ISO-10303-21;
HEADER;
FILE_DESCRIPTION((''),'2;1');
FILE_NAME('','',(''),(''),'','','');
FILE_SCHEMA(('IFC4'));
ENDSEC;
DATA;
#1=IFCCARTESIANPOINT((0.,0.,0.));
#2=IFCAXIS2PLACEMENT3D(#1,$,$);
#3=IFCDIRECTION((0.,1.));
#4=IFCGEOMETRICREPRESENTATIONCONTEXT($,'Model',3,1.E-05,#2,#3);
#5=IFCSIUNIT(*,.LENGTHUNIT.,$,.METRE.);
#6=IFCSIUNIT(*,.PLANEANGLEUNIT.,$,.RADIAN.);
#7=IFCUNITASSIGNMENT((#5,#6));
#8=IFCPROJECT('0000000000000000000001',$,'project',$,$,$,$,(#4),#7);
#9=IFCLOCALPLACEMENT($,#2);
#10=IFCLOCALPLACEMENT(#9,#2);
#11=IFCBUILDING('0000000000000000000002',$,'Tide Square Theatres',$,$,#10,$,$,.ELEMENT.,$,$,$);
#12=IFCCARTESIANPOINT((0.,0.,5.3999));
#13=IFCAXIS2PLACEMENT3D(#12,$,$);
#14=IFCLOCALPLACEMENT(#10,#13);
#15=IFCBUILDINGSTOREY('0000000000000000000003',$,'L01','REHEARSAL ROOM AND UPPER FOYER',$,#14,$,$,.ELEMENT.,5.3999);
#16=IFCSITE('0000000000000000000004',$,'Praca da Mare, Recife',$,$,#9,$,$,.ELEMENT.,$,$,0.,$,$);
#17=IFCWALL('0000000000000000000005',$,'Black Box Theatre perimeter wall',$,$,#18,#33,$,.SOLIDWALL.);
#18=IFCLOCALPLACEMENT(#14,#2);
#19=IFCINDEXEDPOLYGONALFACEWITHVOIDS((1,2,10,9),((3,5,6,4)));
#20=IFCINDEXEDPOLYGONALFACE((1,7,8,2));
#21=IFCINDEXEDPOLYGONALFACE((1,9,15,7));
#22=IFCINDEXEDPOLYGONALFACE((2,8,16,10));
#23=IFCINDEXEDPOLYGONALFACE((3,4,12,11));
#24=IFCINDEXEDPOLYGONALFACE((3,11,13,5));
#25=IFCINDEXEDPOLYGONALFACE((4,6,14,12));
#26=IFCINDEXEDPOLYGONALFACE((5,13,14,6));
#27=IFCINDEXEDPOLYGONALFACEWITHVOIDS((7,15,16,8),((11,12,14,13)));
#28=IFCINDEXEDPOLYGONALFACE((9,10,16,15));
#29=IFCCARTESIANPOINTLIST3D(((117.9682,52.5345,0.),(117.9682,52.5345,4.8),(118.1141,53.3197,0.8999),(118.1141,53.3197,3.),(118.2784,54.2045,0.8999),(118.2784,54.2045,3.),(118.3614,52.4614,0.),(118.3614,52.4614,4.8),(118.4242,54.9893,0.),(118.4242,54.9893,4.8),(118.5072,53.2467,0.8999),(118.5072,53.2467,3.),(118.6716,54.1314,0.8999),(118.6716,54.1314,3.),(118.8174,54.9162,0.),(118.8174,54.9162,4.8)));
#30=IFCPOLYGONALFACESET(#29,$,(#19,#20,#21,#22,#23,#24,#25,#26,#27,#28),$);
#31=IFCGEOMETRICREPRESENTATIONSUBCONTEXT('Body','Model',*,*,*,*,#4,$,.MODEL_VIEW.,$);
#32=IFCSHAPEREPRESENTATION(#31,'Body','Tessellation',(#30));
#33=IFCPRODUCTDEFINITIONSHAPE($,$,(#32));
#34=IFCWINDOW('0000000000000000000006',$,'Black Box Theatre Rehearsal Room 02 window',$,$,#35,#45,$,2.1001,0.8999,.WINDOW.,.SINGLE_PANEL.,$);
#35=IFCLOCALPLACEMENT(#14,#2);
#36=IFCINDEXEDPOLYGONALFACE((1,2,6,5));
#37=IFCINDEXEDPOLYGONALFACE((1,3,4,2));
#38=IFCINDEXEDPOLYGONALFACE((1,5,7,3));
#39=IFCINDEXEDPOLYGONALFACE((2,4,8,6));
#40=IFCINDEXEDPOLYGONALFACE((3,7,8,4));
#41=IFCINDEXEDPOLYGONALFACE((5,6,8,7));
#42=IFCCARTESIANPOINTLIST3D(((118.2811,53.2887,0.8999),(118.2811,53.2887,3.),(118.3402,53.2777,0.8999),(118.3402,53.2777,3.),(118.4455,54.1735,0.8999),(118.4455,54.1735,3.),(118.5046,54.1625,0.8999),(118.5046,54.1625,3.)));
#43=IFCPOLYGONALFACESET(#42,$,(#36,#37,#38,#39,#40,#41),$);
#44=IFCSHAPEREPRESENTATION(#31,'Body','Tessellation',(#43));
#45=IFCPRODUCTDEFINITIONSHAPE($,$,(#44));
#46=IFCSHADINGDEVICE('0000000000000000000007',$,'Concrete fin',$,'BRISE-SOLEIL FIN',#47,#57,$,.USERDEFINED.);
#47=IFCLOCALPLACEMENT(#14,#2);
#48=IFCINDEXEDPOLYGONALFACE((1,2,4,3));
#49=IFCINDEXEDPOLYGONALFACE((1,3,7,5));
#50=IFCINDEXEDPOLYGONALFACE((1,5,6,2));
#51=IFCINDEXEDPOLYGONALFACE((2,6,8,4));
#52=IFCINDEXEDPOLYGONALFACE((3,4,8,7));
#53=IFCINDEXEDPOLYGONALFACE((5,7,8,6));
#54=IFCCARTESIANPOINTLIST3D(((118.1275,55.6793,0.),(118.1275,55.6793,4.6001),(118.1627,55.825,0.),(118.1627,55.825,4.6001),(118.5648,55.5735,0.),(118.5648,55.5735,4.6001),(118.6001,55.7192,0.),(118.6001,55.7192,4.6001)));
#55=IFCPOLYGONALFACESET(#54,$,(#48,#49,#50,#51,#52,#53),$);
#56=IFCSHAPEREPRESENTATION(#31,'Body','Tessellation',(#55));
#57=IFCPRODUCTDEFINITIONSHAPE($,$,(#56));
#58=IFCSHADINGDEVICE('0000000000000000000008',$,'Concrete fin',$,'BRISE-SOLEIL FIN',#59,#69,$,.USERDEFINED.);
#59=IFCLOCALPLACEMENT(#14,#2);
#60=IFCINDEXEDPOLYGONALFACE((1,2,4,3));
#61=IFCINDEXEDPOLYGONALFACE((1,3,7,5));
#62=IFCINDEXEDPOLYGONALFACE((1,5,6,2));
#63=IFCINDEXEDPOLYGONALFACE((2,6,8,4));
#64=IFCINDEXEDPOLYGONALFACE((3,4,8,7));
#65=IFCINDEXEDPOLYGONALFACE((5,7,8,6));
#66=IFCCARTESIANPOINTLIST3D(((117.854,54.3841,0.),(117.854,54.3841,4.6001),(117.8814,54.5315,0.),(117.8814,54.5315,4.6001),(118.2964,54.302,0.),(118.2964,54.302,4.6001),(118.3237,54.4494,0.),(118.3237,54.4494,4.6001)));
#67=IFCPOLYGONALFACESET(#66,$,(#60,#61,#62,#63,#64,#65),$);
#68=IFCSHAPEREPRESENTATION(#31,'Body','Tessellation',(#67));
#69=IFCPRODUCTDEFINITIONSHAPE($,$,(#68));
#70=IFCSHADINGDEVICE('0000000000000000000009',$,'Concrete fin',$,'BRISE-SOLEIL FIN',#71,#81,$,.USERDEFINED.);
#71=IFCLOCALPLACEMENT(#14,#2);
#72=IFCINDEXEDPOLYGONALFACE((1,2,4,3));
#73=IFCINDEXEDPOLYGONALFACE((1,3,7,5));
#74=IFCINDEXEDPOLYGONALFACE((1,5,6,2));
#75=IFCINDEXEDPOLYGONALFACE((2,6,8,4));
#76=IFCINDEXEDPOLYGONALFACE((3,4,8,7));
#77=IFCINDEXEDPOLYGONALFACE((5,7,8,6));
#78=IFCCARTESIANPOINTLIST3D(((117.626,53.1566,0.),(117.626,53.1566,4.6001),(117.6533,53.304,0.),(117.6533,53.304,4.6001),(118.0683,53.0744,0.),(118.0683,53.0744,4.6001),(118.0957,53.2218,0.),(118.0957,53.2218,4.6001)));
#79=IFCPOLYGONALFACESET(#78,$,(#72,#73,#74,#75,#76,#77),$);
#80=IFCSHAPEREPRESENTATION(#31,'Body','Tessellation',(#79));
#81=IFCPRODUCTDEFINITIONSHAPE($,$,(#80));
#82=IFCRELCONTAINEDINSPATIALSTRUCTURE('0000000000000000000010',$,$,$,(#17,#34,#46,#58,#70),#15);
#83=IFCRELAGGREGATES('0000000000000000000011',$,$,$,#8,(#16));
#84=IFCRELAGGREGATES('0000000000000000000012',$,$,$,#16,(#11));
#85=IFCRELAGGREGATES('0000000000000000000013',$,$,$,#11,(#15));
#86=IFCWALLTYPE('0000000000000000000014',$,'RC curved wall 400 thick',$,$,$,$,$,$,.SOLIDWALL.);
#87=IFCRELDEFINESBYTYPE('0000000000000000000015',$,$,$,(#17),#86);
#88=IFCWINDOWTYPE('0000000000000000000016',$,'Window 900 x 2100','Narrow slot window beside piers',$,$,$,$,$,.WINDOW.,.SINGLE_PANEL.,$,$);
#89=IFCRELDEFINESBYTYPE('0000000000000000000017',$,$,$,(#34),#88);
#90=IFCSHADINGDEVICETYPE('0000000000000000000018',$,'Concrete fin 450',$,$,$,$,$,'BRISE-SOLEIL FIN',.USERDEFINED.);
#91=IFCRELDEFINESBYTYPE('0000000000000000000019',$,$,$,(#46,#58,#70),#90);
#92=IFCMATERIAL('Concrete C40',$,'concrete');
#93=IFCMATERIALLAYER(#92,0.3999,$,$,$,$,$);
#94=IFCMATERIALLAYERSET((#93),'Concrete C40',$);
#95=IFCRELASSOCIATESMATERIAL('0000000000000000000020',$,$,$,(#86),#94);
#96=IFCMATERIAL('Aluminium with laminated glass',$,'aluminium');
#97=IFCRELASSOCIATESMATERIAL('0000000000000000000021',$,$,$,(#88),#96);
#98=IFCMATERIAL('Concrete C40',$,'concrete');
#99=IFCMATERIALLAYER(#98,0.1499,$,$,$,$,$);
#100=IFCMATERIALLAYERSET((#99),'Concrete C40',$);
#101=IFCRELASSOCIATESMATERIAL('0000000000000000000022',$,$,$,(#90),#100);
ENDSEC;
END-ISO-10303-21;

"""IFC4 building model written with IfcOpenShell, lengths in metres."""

from ifc_helpers import new_model, si_unit, direction, frame, frame_2d, origin, origin_2d, place, context, subcontext, project, spatial, rectangle, extrude, material, layer, layer_set, type_object, element, fill, save


model = new_model("IFC4")

# Units and contexts
model_context = context("Model", 3, precision=1e-05, world=origin(), true_north=direction((0.0, 1.0)))
body_context = subcontext(model_context, "Body", "Model", "MODEL_VIEW")
ifc_project = project(units=[si_unit("LENGTHUNIT", "METRE"), si_unit("PLANEANGLEUNIT", "RADIAN")], contexts=[model_context])

# Site, building, storey
site_placement = place(None, origin())
site = spatial("IfcSite", under=ifc_project, at=site_placement, Name="Praca da Mare, Recife", CompositionType="ELEMENT", RefElevation=0.0)
building_placement = place(site_placement, origin())
building = spatial("IfcBuilding", under=site, at=building_placement, Name="Tide Square Theatres", CompositionType="ELEMENT")
storey_placement = place(building_placement, frame((0.0, 0.0, 5.3999)))
storey = spatial("IfcBuildingStorey", under=building, at=storey_placement, Name="L01", Description="REHEARSAL ROOM AND UPPER FOYER", CompositionType="ELEMENT", Elevation=5.3999)

# Wall, opening, window
ifc_material_1 = material(Name="Concrete C40", Category="concrete")
ifc_layer_1 = layer(ifc_material_1, 0.3999)
ifc_layer_set_1 = layer_set([ifc_layer_1], Name="Concrete C40")
wall_type_1 = type_object("IfcWallType", Name="RC curved wall 400 thick", PredefinedType="SOLIDWALL", material=ifc_layer_set_1)
wall_1_placement = place(storey_placement, frame((118.6208, 54.9529, 0.0), z_axis=(0.0, 0.0, 1.0), x_axis=(-0.182653, -0.983177, 0.0)))
wall_1 = element("IfcWall", 1, at=wall_1_placement, inside=storey, type_object=wall_type_1, Name="Black Box Theatre perimeter wall", PredefinedType="SOLIDWALL", context=body_context, shape_type="SweptSolid", body=[
    extrude(rectangle(XDim=2.4968, YDim=0.3999, at=frame_2d((1.2485, 0.0))), origin(), (0.0, 0.0, 1.0), 4.8),
])
opening_placement = place(wall_1_placement, frame((0.7983, 0.0, 0.8999)))
opening = element("IfcOpeningElement", 2, at=opening_placement, cuts=wall_1, PredefinedType="OPENING", context=body_context, shape_type="SweptSolid", body=[
    extrude(rectangle(XDim=0.8999, YDim=2.1001, at=frame_2d((0.45, 1.05))), frame((0.0, 0.21, 0.0), z_axis=(0.0, -1.0, 0.0), x_axis=(1.0, 0.0, 0.0)), (0.0, 0.0, 1.0), 0.4199),
])
ifc_material_2 = material(Name="Aluminium with laminated glass", Category="aluminium")
window_type = type_object("IfcWindowType", Name="Window 900 x 2100", Description="Narrow slot window beside piers", PartitioningType="SINGLE_PANEL", PredefinedType="WINDOW", material=ifc_material_2)
window_placement = place(opening_placement, origin())
window = element("IfcWindow", 3, at=window_placement, inside=storey, type_object=window_type, Name="Black Box Theatre Rehearsal Room 02 window", OverallHeight=2.1001, OverallWidth=0.8999, PartitioningType="SINGLE_PANEL", PredefinedType="WINDOW", context=body_context, shape_type="SweptSolid", body=[
    extrude(rectangle(XDim=0.8999, YDim=2.1001, at=frame_2d((0.45, 1.05))), frame((0.0, 0.03, 0.0), z_axis=(0.0, -1.0, 0.0), x_axis=(1.0, 0.0, 0.0)), (0.0, 0.0, 1.0), 0.0601),
])
fill(opening, window)

# Shading devices
ifc_material_3 = material(Name="Concrete C40", Category="concrete")
ifc_layer_2 = layer(ifc_material_3, 0.1499)
ifc_layer_set_2 = layer_set([ifc_layer_2], Name="Concrete C40")
shading_device_type = type_object("IfcShadingDeviceType", Name="Concrete fin 450", ElementType="BRISE-SOLEIL FIN", PredefinedType="USERDEFINED", material=ifc_layer_set_2)
for number, where, z_axis, x_axis, name in (
    (4, (118.3638, 55.6992, 0.0), (0.0, 0.0, 1.0), (-0.235142, -0.971961, 0.0), "Concrete fin"),
    (5, (118.0889, 54.4167, 0.0), (0.0, 0.0, 1.0), (-0.18263, -0.983182, 0.0), "Concrete fin"),
    (6, (117.8608, 53.1892, 0.0), (0.0, 0.0, 1.0), (-0.18263, -0.983182, 0.0), "Concrete fin"),
):
    element("IfcShadingDevice", number, at=place(storey_placement, frame(where, z_axis=z_axis, x_axis=x_axis)), inside=storey, type_object=shading_device_type, Name=name, ObjectType="BRISE-SOLEIL FIN", PredefinedType="USERDEFINED", context=body_context, shape_type="SweptSolid", body=[
        extrude(rectangle(XDim=0.1499, YDim=0.45, at=origin_2d()), origin(), (0.0, 0.0, 1.0), 4.6001),
    ])

save(model, "model.ifc")
